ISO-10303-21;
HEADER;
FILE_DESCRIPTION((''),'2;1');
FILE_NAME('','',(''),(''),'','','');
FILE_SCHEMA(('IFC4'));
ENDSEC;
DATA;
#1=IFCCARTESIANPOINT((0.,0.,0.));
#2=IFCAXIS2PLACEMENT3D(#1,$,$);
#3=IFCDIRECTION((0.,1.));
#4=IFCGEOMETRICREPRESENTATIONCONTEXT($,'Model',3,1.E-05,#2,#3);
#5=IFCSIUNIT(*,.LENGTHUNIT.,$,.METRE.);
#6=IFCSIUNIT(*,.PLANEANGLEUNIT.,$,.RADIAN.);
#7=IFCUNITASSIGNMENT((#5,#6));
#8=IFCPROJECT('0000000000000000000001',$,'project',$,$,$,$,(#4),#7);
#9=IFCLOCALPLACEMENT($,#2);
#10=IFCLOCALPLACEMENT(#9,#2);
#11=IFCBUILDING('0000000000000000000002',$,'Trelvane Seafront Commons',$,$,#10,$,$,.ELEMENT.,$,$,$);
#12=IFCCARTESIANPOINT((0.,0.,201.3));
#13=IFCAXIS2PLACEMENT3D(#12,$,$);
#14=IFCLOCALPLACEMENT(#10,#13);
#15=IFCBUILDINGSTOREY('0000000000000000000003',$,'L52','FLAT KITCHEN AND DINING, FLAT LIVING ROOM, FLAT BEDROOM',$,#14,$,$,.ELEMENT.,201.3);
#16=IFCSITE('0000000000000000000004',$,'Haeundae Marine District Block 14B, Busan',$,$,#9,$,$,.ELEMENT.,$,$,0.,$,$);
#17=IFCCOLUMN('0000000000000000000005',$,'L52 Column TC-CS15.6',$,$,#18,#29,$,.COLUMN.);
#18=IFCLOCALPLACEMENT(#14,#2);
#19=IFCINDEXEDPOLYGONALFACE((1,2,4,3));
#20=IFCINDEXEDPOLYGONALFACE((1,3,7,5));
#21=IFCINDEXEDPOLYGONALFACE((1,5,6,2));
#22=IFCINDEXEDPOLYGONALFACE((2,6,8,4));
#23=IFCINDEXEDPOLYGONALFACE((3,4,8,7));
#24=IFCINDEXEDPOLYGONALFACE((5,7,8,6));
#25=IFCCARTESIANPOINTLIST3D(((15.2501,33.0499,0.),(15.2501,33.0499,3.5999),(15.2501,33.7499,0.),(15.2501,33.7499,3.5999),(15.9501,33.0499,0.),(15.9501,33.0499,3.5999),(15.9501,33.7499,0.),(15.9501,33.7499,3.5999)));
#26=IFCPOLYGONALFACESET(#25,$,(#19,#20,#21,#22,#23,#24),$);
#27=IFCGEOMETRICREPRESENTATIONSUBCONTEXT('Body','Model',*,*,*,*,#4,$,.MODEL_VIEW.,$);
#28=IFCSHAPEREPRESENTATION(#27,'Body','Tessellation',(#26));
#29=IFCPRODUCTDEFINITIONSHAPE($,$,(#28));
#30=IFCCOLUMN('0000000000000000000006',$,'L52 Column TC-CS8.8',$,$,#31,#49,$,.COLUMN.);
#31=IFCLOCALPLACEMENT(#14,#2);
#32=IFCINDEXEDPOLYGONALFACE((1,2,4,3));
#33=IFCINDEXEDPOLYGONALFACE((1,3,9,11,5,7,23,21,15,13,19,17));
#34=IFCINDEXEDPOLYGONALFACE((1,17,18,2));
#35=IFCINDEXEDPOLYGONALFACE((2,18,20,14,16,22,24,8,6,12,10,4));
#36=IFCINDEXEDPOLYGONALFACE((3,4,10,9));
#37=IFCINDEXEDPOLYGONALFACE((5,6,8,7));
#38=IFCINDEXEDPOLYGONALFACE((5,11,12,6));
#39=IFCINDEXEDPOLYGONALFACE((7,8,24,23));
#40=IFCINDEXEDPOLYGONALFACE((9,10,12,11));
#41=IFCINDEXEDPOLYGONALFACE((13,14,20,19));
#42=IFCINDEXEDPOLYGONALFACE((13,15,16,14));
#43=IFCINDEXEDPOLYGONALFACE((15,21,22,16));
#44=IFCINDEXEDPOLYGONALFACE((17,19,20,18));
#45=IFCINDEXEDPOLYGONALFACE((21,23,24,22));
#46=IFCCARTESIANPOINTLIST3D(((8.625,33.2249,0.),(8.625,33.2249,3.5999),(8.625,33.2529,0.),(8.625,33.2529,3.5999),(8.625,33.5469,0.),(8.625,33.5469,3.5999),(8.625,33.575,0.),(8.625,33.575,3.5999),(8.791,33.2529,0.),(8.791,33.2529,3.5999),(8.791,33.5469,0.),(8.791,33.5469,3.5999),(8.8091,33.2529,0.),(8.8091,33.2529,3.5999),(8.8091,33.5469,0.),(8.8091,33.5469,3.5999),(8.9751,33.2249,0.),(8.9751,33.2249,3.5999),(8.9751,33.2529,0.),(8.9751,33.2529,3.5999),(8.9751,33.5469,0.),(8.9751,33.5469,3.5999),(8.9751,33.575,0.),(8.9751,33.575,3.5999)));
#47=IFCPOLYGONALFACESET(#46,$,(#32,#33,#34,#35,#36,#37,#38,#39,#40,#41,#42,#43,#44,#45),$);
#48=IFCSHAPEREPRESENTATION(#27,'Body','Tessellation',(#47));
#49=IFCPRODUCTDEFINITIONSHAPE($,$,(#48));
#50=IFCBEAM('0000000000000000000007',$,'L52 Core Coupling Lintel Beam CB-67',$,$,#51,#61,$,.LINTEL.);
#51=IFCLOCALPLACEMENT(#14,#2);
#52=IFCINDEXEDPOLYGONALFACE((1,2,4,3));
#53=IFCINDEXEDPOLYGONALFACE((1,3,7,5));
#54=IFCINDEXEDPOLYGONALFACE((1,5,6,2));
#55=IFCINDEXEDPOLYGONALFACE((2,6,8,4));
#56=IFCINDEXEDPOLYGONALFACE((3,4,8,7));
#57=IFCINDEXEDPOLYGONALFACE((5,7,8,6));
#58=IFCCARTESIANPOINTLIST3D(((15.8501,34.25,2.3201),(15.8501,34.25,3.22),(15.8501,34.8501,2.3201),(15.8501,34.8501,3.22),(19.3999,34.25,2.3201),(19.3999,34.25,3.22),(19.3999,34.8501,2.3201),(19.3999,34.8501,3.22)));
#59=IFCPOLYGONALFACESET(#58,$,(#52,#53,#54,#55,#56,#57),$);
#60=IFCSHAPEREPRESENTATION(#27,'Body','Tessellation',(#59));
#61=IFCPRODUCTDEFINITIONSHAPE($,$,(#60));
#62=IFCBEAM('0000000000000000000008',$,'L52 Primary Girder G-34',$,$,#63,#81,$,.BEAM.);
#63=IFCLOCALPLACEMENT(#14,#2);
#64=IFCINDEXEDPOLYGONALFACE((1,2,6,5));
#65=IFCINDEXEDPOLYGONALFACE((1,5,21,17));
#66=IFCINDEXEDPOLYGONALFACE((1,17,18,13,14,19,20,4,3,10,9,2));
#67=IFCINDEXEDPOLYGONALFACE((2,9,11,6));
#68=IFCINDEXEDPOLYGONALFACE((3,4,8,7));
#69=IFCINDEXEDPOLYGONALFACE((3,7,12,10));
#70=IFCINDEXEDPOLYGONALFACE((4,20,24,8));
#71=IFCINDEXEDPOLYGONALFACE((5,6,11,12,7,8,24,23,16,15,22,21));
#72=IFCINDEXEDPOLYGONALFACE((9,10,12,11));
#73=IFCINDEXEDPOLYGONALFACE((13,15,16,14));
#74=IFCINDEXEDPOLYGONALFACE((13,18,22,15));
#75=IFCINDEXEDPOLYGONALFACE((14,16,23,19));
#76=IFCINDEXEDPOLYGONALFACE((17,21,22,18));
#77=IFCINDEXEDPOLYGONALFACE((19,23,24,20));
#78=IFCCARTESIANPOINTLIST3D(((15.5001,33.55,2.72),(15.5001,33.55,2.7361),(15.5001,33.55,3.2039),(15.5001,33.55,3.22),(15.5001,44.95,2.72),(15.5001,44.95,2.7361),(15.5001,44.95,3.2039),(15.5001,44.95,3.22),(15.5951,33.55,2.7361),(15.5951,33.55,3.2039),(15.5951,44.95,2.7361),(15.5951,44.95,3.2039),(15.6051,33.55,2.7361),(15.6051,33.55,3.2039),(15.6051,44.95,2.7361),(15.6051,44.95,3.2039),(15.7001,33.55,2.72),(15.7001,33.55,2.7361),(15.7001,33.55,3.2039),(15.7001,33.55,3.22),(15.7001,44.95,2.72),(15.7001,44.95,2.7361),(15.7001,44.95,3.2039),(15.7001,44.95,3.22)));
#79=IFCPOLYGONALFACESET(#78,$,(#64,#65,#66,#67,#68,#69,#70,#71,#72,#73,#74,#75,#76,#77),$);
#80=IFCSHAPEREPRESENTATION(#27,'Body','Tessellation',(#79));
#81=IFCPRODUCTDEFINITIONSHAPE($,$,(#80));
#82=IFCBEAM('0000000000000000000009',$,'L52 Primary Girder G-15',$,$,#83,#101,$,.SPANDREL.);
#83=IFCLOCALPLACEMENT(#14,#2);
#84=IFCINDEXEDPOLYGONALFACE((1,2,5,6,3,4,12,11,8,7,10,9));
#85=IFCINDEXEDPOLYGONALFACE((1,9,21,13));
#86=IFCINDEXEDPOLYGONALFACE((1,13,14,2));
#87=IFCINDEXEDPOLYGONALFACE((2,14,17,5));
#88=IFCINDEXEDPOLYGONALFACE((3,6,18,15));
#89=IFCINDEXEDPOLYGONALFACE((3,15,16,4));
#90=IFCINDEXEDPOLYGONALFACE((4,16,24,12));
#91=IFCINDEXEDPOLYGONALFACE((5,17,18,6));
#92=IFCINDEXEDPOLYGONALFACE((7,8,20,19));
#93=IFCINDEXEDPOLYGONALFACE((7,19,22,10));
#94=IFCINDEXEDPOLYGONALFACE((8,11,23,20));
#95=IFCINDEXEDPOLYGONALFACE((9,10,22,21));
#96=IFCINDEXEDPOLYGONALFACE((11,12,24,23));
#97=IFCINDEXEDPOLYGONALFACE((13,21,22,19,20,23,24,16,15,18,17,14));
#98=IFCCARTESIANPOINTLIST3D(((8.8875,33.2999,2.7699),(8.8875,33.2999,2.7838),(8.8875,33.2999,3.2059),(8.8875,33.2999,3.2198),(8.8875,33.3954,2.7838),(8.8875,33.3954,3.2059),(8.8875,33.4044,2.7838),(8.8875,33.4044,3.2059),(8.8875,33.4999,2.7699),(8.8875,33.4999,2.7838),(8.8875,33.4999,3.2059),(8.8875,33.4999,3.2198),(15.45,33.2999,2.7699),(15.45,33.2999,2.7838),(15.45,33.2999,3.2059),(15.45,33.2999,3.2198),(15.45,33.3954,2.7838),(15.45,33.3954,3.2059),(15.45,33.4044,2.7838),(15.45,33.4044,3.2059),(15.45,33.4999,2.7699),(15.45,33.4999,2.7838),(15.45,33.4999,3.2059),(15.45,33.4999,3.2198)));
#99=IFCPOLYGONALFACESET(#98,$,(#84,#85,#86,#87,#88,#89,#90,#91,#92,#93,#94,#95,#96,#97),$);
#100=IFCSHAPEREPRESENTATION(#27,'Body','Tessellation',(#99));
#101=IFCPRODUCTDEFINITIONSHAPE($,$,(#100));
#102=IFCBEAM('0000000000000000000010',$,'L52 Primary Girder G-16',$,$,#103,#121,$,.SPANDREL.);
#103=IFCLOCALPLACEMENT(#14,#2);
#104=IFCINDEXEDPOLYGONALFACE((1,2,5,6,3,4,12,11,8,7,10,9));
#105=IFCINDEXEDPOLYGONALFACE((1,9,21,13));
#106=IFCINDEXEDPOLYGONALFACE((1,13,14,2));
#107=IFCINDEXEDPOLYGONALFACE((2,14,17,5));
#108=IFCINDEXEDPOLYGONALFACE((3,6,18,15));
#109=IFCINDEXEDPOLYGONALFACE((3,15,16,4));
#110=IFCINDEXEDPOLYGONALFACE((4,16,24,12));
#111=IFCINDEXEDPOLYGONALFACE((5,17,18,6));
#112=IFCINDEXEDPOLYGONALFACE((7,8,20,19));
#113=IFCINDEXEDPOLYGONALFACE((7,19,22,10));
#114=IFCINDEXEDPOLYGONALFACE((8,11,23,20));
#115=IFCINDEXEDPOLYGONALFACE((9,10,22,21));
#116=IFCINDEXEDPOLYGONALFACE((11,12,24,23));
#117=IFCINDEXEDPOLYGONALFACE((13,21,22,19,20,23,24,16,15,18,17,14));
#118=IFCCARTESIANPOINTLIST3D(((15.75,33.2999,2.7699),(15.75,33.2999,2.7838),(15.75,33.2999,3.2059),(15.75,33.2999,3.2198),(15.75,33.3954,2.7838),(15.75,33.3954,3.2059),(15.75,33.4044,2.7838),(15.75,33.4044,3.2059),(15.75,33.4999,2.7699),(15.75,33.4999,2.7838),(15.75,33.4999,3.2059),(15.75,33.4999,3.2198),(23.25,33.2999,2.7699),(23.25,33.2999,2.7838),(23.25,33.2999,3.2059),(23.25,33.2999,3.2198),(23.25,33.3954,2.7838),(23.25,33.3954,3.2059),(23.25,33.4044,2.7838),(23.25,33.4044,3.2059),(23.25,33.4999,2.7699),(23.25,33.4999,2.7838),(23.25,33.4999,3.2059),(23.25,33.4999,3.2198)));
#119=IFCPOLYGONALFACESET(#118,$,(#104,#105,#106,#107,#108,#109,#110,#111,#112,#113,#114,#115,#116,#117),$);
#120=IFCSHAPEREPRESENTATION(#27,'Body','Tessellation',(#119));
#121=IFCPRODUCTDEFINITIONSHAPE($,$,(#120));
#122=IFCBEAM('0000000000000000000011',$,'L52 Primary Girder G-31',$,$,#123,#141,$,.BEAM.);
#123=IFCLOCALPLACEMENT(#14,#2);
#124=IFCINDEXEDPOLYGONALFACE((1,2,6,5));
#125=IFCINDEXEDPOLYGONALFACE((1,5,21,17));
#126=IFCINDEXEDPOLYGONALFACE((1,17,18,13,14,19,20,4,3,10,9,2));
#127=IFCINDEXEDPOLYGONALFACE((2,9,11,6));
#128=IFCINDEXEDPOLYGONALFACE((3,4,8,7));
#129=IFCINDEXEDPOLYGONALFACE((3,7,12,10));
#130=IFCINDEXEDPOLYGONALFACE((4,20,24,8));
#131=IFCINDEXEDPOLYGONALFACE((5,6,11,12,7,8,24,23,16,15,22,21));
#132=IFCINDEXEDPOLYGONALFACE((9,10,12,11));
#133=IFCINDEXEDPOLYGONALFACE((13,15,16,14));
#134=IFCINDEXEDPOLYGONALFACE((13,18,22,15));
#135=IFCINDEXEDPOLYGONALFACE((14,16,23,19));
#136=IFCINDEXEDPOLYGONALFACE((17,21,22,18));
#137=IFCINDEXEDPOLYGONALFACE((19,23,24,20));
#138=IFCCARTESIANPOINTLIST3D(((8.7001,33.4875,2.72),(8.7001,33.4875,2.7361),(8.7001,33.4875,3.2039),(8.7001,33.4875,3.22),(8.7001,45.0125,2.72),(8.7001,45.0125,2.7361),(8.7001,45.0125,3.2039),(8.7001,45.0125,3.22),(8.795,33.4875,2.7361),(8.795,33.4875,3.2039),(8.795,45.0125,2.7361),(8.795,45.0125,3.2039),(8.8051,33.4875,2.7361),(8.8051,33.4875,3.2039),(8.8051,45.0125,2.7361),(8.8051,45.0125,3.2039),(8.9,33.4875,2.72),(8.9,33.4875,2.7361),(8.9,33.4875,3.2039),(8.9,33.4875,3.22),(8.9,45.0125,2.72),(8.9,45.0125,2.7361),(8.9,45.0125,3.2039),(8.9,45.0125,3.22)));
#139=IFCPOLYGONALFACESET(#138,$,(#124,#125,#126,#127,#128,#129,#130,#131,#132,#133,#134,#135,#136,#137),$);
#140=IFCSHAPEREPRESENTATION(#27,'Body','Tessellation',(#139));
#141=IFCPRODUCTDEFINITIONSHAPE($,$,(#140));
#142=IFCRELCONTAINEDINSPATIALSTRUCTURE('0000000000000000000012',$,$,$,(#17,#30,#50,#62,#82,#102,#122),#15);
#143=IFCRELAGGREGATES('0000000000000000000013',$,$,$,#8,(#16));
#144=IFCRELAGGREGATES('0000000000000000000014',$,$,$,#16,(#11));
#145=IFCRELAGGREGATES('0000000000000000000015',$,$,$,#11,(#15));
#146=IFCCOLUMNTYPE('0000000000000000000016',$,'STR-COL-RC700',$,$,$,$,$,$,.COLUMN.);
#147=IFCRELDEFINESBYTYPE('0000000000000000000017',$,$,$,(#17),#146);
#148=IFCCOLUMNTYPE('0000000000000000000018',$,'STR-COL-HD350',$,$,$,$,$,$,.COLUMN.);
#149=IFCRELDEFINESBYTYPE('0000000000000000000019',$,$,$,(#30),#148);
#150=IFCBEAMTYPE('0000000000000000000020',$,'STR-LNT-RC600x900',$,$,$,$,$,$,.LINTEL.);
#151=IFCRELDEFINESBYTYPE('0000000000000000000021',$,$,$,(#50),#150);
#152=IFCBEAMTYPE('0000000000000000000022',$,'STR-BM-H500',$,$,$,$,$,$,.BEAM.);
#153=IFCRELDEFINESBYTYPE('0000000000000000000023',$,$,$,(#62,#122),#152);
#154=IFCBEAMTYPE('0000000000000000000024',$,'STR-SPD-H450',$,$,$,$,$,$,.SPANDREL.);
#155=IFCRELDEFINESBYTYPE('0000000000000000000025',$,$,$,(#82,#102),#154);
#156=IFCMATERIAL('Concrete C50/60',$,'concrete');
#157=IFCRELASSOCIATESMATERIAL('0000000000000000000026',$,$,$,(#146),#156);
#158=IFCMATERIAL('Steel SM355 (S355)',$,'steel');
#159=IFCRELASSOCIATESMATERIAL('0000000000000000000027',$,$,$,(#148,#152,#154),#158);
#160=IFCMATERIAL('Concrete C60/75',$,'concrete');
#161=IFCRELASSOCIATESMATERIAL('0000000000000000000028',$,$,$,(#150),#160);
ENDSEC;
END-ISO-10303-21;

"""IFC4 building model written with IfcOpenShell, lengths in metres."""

from ifc_helpers import new_model, si_unit, direction, frame, origin, origin_2d, place, context, subcontext, project, spatial, rectangle, i_section, extrude, source, transform, mapped, material, material_profile, profile_set, type_object, element, save


model = new_model("IFC4")

# Units and contexts
model_context = context("Model", 3, precision=1e-05, world=origin(), true_north=direction((0.0, 1.0)))
body_context = subcontext(model_context, "Body", "Model", "MODEL_VIEW")
ifc_project = project(units=[si_unit("LENGTHUNIT", "METRE"), si_unit("PLANEANGLEUNIT", "RADIAN")], contexts=[model_context])

# Site, building, storey
site_placement = place(None, origin())
site = spatial("IfcSite", under=ifc_project, at=site_placement, Name="Haeundae Marine District Block 14B, Busan", CompositionType="ELEMENT", RefElevation=0.0)
building_placement = place(site_placement, origin())
building = spatial("IfcBuilding", under=site, at=building_placement, Name="Trelvane Seafront Commons", CompositionType="ELEMENT")
storey_placement = place(building_placement, frame((0.0, 0.0, 201.3)))
storey = spatial("IfcBuildingStorey", under=building, at=storey_placement, Name="L52", Description="FLAT KITCHEN AND DINING, FLAT LIVING ROOM, FLAT BEDROOM", CompositionType="ELEMENT", Elevation=201.3)

# Columns
ifc_material_1 = material(Name="Concrete C50/60", Category="concrete")
ifc_material_profile_1 = material_profile(ifc_material_1, rectangle(XDim=0.7, YDim=0.7, at=origin_2d()), Name="RC-700x700")
ifc_profile_set_1 = profile_set([ifc_material_profile_1], Name="Concrete C50/60")
column_type_1 = type_object("IfcColumnType", Name="STR-COL-RC700", PredefinedType="COLUMN", material=ifc_profile_set_1)
shared_shape_1 = source(origin(), body_context, "Body", "SweptSolid", [
    extrude(rectangle(XDim=0.7, YDim=0.7, at=origin_2d()), origin(), (0.0, 0.0, 1.0), 3.5999),
])
column_1_placement = place(storey_placement, frame((15.6001, 33.3999, 0.0), z_axis=(0.0, 0.0, 1.0), x_axis=(1.0, 0.0, 0.0)))
element("IfcColumn", 1, at=column_1_placement, inside=storey, type_object=column_type_1, Name="L52 Column TC-CS15.6", PredefinedType="COLUMN", context=body_context, shape_type="MappedRepresentation", body=[
    mapped(shared_shape_1, transform((0.0, 0.0, 0.0), x_axis=(1.0, 0.0, 0.0), y_axis=(0.0, 1.0, 0.0), z_axis=(0.0, 0.0, 1.0), scale=1.0)),
])
ifc_material_2 = material(Name="Steel SM355 (S355)", Category="steel")
ifc_material_profile_2 = material_profile(ifc_material_2, i_section(OverallWidth=0.3501, OverallDepth=0.3501, WebThickness=0.0181, FlangeThickness=0.0281, at=origin_2d()), Name="HD-350x350x18x28")
ifc_profile_set_2 = profile_set([ifc_material_profile_2], Name="Steel SM355 (S355)")
column_type_2 = type_object("IfcColumnType", Name="STR-COL-HD350", PredefinedType="COLUMN", material=ifc_profile_set_2)
shared_shape_2 = source(origin(), body_context, "Body", "SweptSolid", [
    extrude(i_section(OverallWidth=0.3501, OverallDepth=0.3501, WebThickness=0.0181, FlangeThickness=0.0281, at=origin_2d()), origin(), (0.0, 0.0, 1.0), 3.5999),
])
column_2_placement = place(storey_placement, frame((8.8, 33.3999, 0.0), z_axis=(0.0, 0.0, 1.0), x_axis=(1.0, 0.0, 0.0)))
element("IfcColumn", 2, at=column_2_placement, inside=storey, type_object=column_type_2, Name="L52 Column TC-CS8.8", PredefinedType="COLUMN", context=body_context, shape_type="MappedRepresentation", body=[
    mapped(shared_shape_2, transform((0.0, 0.0, 0.0), x_axis=(1.0, 0.0, 0.0), y_axis=(0.0, 1.0, 0.0), z_axis=(0.0, 0.0, 1.0), scale=1.0)),
])

# Beams
ifc_material_3 = material(Name="Concrete C60/75", Category="concrete")
ifc_material_profile_3 = material_profile(ifc_material_3, rectangle(XDim=0.6001, YDim=0.8999, at=origin_2d()), Name="RC-600x900")
ifc_profile_set_3 = profile_set([ifc_material_profile_3], Name="Concrete C60/75")
beam_type_1 = type_object("IfcBeamType", Name="STR-LNT-RC600x900", PredefinedType="LINTEL", material=ifc_profile_set_3)
shared_shape_3 = source(origin(), body_context, "Body", "SweptSolid", [
    extrude(rectangle(XDim=0.6001, YDim=0.8999, at=origin_2d()), origin(), (0.0, 0.0, 1.0), 3.5498),
])
beam_1_placement = place(storey_placement, frame((15.8501, 34.55, 2.77), z_axis=(1.0, 0.0, 0.0), x_axis=(0.0, 1.0, 0.0)))
element("IfcBeam", 3, at=beam_1_placement, inside=storey, type_object=beam_type_1, Name="L52 Core Coupling Lintel Beam CB-67", PredefinedType="LINTEL", context=body_context, shape_type="MappedRepresentation", body=[
    mapped(shared_shape_3, transform((0.0, 0.0, 0.0), x_axis=(1.0, 0.0, 0.0), y_axis=(0.0, 1.0, 0.0), z_axis=(0.0, 0.0, 1.0), scale=1.0)),
])
ifc_material_profile_4 = material_profile(ifc_material_2, i_section(OverallWidth=0.2, OverallDepth=0.5, WebThickness=0.01, FlangeThickness=0.0161, at=origin_2d()), Name="H-500x200x10x16")
ifc_profile_set_4 = profile_set([ifc_material_profile_4], Name="Steel SM355 (S355)")
beam_type_2 = type_object("IfcBeamType", Name="STR-BM-H500", PredefinedType="BEAM", material=ifc_profile_set_4)
shared_shape_4 = source(origin(), body_context, "Body", "SweptSolid", [
    extrude(i_section(OverallWidth=0.2, OverallDepth=0.5, WebThickness=0.01, FlangeThickness=0.0161, at=origin_2d()), origin(), (0.0, 0.0, 1.0), 11.3999),
])
beam_2_placement = place(storey_placement, frame((15.6001, 33.55, 2.97), z_axis=(0.0, 1.0, 0.0), x_axis=(-1.0, 0.0, 0.0)))
element("IfcBeam", 4, at=beam_2_placement, inside=storey, type_object=beam_type_2, Name="L52 Primary Girder G-34", PredefinedType="BEAM", context=body_context, shape_type="MappedRepresentation", body=[
    mapped(shared_shape_4, transform((0.0, 0.0, 0.0), x_axis=(1.0, 0.0, 0.0), y_axis=(0.0, 1.0, 0.0), z_axis=(0.0, 0.0, 1.0), scale=1.0)),
])
ifc_material_profile_5 = material_profile(ifc_material_2, i_section(OverallWidth=0.2, OverallDepth=0.45, WebThickness=0.009, FlangeThickness=0.0139, at=origin_2d()), Name="H-450x200x9x14")
ifc_profile_set_5 = profile_set([ifc_material_profile_5], Name="Steel SM355 (S355)")
beam_type_3 = type_object("IfcBeamType", Name="STR-SPD-H450", PredefinedType="SPANDREL", material=ifc_profile_set_5)
shared_shape_5 = source(origin(), body_context, "Body", "SweptSolid", [
    extrude(i_section(OverallWidth=0.2, OverallDepth=0.45, WebThickness=0.009, FlangeThickness=0.0139, at=origin_2d()), origin(), (0.0, 0.0, 1.0), 6.5625),
])
beam_3_placement = place(storey_placement, frame((8.8875, 33.3999, 2.9949), z_axis=(1.0, 0.0, 0.0), x_axis=(0.0, 1.0, 0.0)))
element("IfcBeam", 5, at=beam_3_placement, inside=storey, type_object=beam_type_3, Name="L52 Primary Girder G-15", PredefinedType="SPANDREL", context=body_context, shape_type="MappedRepresentation", body=[
    mapped(shared_shape_5, transform((0.0, 0.0, 0.0), x_axis=(1.0, 0.0, 0.0), y_axis=(0.0, 1.0, 0.0), z_axis=(0.0, 0.0, 1.0), scale=1.0)),
])
shared_shape_6 = source(origin(), body_context, "Body", "SweptSolid", [
    extrude(i_section(OverallWidth=0.2, OverallDepth=0.45, WebThickness=0.009, FlangeThickness=0.0139, at=origin_2d()), origin(), (0.0, 0.0, 1.0), 7.5),
])
beam_4_placement = place(storey_placement, frame((15.75, 33.3999, 2.9949), z_axis=(1.0, 0.0, 0.0), x_axis=(0.0, 1.0, 0.0)))
element("IfcBeam", 6, at=beam_4_placement, inside=storey, type_object=beam_type_3, Name="L52 Primary Girder G-16", PredefinedType="SPANDREL", context=body_context, shape_type="MappedRepresentation", body=[
    mapped(shared_shape_6, transform((0.0, 0.0, 0.0), x_axis=(1.0, 0.0, 0.0), y_axis=(0.0, 1.0, 0.0), z_axis=(0.0, 0.0, 1.0), scale=1.0)),
])
shared_shape_7 = source(origin(), body_context, "Body", "SweptSolid", [
    extrude(i_section(OverallWidth=0.2, OverallDepth=0.5, WebThickness=0.01, FlangeThickness=0.0161, at=origin_2d()), origin(), (0.0, 0.0, 1.0), 11.5249),
])
beam_5_placement = place(storey_placement, frame((8.8, 33.4875, 2.97), z_axis=(0.0, 1.0, 0.0), x_axis=(-1.0, 0.0, 0.0)))
element("IfcBeam", 7, at=beam_5_placement, inside=storey, type_object=beam_type_2, Name="L52 Primary Girder G-31", PredefinedType="BEAM", context=body_context, shape_type="MappedRepresentation", body=[
    mapped(shared_shape_7, transform((0.0, 0.0, 0.0), x_axis=(1.0, 0.0, 0.0), y_axis=(0.0, 1.0, 0.0), z_axis=(0.0, 0.0, 1.0), scale=1.0)),
])

save(model, "model.ifc")
